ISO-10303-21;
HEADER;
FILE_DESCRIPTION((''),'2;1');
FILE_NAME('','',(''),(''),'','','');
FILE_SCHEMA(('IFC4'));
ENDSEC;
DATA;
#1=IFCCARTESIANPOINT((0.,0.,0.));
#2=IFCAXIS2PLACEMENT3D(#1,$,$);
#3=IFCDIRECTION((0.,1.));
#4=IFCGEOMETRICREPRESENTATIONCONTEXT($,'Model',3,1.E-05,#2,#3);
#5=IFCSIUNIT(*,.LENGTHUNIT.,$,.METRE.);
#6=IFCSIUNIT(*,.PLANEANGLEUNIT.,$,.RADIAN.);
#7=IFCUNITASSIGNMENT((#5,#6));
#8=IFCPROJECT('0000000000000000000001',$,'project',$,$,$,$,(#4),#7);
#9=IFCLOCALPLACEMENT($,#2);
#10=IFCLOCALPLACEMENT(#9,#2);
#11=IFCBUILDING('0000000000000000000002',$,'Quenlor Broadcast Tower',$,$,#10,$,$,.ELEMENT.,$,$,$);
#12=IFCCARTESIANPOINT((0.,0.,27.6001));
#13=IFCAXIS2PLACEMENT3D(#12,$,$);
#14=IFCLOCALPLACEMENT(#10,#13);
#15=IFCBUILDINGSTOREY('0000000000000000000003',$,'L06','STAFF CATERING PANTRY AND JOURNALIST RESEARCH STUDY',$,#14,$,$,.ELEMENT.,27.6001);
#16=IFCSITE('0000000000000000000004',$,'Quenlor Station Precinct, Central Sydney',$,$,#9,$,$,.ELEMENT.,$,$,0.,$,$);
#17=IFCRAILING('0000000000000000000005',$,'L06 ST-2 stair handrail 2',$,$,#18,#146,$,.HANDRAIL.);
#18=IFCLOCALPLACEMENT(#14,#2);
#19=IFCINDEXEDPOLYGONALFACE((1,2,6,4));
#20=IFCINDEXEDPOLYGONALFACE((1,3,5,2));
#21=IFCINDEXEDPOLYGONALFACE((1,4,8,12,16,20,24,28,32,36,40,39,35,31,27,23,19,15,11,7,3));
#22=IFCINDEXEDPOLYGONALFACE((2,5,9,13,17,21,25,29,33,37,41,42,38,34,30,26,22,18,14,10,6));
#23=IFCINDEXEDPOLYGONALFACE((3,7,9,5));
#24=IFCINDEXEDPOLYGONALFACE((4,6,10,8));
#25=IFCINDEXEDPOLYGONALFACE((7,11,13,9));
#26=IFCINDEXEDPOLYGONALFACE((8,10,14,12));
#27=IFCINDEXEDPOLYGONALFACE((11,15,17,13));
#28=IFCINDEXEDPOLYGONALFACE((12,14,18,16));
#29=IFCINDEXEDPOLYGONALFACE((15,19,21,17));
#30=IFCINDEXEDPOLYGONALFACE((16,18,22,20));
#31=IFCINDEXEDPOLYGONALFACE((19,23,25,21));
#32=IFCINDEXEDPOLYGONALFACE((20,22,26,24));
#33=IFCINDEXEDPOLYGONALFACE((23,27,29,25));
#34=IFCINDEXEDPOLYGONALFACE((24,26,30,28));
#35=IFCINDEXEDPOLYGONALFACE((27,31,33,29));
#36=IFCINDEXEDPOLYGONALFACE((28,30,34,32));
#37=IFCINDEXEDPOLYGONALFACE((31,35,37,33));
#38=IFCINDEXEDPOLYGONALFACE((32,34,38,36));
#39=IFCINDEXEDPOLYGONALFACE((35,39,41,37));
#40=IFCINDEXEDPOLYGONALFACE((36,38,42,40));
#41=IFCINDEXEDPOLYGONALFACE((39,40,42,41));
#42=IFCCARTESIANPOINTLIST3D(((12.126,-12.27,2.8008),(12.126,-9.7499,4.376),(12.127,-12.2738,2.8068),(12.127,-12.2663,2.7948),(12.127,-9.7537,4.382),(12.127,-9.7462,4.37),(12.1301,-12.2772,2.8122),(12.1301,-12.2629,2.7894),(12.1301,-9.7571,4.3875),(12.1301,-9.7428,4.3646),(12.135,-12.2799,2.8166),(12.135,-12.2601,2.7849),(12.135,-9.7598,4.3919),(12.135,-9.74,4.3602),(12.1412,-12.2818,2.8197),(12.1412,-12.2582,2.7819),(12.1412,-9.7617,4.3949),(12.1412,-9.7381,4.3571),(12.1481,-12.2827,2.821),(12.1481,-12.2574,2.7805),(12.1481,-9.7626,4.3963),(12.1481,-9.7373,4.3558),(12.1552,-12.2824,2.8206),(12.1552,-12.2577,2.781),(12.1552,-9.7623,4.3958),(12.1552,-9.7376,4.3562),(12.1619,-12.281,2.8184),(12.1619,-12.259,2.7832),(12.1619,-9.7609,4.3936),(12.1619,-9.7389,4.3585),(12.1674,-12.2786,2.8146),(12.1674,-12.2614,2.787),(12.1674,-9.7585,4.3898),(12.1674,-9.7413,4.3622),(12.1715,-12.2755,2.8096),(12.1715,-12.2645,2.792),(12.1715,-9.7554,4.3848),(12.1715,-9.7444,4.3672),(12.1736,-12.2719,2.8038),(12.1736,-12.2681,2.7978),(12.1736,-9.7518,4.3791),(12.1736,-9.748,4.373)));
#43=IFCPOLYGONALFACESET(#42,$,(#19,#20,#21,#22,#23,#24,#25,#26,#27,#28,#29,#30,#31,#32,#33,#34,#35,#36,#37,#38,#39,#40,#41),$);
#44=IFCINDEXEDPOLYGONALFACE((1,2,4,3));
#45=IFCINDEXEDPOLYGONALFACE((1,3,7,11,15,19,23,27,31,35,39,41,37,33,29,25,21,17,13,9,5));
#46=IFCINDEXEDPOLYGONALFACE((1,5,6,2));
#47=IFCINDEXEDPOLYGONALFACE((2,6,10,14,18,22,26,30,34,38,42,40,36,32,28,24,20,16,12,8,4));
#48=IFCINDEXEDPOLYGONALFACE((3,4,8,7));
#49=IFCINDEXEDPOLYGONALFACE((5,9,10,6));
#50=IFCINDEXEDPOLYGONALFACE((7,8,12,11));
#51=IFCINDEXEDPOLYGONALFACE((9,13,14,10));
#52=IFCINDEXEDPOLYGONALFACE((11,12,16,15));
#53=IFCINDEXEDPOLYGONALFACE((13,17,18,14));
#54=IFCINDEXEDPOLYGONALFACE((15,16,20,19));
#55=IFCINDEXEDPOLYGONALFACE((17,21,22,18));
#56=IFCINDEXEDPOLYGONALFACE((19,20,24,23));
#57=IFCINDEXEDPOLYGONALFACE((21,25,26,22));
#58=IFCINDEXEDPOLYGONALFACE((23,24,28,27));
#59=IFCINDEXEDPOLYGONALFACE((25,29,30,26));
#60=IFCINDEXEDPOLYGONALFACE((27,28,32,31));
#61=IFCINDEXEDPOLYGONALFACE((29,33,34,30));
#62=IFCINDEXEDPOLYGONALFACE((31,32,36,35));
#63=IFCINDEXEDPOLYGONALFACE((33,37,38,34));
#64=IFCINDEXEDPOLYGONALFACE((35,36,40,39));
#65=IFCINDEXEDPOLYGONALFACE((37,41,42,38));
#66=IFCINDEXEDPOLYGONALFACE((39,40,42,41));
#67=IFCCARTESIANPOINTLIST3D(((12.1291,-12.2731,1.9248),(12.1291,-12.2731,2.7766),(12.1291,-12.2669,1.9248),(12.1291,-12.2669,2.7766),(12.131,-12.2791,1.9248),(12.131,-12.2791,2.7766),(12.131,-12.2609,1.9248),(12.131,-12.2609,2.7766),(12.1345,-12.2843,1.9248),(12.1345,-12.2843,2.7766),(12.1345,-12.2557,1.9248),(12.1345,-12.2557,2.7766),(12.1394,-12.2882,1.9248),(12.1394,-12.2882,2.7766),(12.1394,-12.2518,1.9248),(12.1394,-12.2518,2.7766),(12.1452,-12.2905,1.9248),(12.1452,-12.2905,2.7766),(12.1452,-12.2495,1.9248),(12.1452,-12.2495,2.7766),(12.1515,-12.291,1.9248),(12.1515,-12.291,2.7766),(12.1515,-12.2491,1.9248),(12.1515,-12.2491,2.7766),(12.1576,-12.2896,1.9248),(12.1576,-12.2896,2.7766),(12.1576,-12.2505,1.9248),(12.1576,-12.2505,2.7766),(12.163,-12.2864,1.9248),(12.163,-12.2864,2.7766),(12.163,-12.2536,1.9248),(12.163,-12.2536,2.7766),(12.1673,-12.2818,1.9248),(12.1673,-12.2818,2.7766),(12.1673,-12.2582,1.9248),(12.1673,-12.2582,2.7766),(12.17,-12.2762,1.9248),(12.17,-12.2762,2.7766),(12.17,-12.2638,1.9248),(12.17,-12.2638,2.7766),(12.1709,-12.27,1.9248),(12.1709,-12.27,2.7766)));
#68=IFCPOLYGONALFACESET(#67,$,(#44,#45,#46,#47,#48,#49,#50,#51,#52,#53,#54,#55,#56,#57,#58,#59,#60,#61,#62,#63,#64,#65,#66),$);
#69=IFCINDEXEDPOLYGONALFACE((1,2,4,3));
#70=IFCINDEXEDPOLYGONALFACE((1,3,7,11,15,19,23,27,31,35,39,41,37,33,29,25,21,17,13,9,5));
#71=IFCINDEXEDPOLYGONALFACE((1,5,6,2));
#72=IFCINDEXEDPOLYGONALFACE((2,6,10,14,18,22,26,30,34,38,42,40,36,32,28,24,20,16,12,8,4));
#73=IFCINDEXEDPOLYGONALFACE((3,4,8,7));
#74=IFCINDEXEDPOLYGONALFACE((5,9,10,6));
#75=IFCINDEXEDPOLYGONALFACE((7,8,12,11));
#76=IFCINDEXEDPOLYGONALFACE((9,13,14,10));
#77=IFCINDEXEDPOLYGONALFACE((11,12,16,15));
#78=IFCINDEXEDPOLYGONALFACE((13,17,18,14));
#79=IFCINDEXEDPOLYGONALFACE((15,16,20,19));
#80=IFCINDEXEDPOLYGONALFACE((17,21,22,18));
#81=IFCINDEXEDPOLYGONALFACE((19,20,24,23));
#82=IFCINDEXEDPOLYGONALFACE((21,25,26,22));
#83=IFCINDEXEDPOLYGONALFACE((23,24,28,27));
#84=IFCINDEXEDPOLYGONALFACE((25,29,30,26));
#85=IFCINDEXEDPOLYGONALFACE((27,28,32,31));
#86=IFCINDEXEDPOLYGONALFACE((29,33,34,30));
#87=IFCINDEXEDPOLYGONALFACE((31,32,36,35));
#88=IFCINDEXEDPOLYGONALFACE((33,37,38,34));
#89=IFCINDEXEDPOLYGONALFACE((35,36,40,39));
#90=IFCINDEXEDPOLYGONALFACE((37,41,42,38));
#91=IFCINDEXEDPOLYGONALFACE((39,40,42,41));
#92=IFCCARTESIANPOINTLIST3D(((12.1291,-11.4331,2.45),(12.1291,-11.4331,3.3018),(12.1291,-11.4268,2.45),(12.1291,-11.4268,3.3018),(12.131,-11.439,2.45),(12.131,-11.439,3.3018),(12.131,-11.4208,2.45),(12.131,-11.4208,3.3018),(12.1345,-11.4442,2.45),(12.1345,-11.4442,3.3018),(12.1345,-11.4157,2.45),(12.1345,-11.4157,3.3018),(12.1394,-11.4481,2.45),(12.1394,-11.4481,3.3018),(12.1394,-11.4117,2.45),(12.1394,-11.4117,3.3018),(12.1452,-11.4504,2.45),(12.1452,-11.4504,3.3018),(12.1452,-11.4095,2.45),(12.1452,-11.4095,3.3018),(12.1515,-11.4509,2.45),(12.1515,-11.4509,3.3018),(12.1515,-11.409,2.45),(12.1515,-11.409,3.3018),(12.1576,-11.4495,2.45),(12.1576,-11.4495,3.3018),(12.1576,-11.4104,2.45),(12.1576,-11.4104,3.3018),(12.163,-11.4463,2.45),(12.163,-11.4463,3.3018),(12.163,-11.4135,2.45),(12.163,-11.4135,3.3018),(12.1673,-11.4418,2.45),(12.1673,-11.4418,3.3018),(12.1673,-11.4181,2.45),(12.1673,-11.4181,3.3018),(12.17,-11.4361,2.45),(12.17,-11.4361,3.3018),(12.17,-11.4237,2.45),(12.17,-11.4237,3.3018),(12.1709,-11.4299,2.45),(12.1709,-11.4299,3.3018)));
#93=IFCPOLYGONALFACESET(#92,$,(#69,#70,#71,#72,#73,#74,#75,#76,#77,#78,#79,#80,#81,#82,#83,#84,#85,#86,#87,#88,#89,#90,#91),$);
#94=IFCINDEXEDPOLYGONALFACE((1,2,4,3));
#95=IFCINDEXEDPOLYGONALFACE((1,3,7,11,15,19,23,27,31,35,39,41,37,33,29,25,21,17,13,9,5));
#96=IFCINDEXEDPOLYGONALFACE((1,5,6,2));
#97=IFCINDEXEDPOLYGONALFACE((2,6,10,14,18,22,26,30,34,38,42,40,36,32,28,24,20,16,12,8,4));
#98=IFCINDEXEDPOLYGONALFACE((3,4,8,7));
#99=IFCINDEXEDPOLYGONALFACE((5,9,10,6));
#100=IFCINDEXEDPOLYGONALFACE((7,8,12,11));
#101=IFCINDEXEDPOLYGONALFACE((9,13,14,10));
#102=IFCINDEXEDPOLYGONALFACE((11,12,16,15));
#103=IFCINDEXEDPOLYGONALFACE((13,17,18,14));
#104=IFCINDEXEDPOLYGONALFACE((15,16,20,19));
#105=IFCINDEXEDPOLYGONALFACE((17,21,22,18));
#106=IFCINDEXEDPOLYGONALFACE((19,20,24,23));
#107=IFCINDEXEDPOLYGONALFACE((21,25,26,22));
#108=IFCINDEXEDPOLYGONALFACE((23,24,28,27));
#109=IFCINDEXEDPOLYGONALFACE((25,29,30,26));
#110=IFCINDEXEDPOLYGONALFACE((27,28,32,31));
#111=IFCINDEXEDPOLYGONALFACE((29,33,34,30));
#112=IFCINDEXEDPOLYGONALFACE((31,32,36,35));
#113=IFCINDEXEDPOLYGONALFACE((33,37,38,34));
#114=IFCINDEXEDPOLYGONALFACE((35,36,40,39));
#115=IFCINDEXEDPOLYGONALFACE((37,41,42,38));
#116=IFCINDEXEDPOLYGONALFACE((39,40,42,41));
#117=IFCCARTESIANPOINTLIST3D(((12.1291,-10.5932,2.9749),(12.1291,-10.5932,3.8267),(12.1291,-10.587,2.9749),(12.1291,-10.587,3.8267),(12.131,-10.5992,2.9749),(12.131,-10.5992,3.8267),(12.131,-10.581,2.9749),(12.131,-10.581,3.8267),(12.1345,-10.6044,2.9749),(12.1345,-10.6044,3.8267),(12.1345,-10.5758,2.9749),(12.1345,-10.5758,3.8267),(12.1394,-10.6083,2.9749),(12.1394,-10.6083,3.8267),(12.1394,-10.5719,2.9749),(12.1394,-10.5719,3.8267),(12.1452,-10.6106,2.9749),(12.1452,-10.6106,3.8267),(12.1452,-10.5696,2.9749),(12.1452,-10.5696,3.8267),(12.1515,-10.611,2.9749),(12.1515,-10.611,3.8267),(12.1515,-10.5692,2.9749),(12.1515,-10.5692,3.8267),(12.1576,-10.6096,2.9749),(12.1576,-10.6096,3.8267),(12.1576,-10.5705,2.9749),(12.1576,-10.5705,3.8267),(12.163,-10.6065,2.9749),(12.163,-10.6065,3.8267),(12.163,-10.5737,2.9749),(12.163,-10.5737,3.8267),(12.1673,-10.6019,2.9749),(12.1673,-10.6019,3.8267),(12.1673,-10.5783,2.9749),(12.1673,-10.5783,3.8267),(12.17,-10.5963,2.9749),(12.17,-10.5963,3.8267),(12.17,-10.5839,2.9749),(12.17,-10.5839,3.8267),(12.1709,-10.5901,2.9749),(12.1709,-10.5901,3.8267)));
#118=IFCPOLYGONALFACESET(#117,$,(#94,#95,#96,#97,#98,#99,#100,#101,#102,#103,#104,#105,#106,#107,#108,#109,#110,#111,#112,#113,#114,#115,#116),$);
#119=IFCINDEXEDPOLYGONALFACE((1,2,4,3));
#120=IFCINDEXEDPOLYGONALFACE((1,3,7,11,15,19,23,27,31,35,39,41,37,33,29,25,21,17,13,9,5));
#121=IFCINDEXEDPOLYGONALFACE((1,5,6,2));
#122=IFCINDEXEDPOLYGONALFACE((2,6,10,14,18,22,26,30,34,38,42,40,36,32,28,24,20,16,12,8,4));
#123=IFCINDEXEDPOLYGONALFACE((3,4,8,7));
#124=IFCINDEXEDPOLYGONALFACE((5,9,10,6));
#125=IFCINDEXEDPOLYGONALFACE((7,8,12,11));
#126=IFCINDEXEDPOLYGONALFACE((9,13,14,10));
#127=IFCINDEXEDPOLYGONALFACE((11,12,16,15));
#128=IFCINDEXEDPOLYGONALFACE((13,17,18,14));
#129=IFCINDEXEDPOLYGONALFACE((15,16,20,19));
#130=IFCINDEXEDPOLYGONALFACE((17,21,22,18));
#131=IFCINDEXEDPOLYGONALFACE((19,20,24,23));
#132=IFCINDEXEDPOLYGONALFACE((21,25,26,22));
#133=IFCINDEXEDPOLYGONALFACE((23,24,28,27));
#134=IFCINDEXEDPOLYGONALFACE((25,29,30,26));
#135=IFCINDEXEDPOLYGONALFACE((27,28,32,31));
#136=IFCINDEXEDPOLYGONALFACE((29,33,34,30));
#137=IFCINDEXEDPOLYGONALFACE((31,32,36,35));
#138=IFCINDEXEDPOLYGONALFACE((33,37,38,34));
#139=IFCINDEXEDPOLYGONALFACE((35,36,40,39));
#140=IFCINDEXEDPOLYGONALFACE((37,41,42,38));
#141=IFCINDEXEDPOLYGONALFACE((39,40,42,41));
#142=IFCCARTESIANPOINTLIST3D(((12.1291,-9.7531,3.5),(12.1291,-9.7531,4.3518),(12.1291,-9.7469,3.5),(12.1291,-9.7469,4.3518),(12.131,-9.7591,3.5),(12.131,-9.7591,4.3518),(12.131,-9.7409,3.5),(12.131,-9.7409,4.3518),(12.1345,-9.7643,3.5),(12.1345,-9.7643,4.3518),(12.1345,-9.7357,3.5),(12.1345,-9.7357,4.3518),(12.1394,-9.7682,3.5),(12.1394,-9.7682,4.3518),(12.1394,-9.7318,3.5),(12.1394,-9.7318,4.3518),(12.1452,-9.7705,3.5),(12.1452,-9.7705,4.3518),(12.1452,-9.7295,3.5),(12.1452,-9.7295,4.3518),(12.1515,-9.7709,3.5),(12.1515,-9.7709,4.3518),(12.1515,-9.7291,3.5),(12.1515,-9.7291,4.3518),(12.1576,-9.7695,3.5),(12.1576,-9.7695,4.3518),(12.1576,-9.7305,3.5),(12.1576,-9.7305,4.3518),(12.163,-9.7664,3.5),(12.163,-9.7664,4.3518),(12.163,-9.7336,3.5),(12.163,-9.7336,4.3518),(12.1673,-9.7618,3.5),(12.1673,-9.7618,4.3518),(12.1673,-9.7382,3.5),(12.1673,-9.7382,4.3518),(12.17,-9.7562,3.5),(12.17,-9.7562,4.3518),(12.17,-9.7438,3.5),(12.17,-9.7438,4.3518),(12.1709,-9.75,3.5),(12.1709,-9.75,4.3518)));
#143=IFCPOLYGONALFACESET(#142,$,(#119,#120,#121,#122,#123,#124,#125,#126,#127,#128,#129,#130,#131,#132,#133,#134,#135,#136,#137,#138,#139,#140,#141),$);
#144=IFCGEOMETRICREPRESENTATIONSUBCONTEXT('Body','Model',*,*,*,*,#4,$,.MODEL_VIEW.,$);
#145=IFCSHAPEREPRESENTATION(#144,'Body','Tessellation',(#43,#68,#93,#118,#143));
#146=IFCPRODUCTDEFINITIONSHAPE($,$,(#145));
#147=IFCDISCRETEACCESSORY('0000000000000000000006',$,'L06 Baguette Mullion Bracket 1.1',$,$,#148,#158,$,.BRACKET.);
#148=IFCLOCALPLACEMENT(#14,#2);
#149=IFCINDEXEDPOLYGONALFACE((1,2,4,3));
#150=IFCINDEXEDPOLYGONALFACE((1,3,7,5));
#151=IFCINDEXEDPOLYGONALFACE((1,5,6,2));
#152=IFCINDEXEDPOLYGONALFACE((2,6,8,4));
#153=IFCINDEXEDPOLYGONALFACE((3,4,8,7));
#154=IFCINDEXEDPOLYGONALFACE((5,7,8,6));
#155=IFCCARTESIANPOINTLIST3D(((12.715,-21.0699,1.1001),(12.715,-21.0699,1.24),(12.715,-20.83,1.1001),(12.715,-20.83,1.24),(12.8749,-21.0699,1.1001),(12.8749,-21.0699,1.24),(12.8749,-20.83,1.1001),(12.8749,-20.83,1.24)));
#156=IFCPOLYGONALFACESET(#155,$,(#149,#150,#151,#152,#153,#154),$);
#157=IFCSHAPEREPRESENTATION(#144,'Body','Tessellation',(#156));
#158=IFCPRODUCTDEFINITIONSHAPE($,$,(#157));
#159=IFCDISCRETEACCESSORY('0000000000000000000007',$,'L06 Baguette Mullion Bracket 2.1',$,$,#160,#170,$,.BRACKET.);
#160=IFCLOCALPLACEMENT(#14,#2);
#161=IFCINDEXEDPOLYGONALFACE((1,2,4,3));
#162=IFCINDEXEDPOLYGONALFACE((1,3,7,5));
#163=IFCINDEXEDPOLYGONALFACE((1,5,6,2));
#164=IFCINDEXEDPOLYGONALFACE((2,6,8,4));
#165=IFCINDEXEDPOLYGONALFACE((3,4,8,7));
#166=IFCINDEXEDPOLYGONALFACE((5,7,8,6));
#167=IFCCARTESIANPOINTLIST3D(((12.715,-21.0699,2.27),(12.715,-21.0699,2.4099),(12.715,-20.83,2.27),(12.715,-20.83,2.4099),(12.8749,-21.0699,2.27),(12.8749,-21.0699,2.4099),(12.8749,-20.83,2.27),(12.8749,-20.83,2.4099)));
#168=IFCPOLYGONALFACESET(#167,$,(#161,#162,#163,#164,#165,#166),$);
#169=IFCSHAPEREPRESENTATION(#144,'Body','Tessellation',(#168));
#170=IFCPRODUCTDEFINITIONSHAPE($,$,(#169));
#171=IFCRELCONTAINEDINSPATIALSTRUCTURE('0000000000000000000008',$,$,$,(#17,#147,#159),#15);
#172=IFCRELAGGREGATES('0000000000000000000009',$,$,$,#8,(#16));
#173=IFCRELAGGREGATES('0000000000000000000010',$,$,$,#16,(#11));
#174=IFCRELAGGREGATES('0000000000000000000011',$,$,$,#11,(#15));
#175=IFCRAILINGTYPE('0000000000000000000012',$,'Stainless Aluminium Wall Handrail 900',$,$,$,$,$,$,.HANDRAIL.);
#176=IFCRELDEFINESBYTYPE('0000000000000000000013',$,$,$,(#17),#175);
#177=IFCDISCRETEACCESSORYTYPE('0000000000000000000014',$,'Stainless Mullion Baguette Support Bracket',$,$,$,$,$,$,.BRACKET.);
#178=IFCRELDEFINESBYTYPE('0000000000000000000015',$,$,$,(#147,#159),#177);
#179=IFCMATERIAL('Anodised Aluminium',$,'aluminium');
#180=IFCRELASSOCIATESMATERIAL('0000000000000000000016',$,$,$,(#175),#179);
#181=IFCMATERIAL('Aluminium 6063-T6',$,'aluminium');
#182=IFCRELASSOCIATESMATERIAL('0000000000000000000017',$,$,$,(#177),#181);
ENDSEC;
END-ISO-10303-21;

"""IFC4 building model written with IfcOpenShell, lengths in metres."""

from ifc_helpers import new_model, si_unit, direction, frame, origin, origin_2d, place, context, subcontext, project, spatial, rectangle, circle, extrude, material, type_object, element, save


model = new_model("IFC4")

# Units and contexts
model_context = context("Model", 3, precision=1e-05, world=origin(), true_north=direction((0.0, 1.0)))
body_context = subcontext(model_context, "Body", "Model", "MODEL_VIEW")
ifc_project = project(units=[si_unit("LENGTHUNIT", "METRE"), si_unit("PLANEANGLEUNIT", "RADIAN")], contexts=[model_context])

# Site, building, storey
site_placement = place(None, origin())
site = spatial("IfcSite", under=ifc_project, at=site_placement, Name="Quenlor Station Precinct, Central Sydney", CompositionType="ELEMENT", RefElevation=0.0)
building_placement = place(site_placement, origin())
building = spatial("IfcBuilding", under=site, at=building_placement, Name="Quenlor Broadcast Tower", CompositionType="ELEMENT")
storey_placement = place(building_placement, frame((0.0, 0.0, 27.6001)))
storey = spatial("IfcBuildingStorey", under=building, at=storey_placement, Name="L06", Description="STAFF CATERING PANTRY AND JOURNALIST RESEARCH STUDY", CompositionType="ELEMENT", Elevation=27.6001)

# Railing
ifc_material_1 = material(Name="Anodised Aluminium", Category="aluminium")
railing_type = type_object("IfcRailingType", Name="Stainless Aluminium Wall Handrail 900", PredefinedType="HANDRAIL", material=ifc_material_1)
railing_placement = place(storey_placement, frame((12.1499, -12.27, 1.9248)))
element("IfcRailing", 1, at=railing_placement, inside=storey, type_object=railing_type, Name="L06 ST-2 stair handrail 2", PredefinedType="HANDRAIL", context=body_context, shape_type="SweptSolid", body=[
    extrude(circle(Radius=0.0239, at=origin_2d()), frame((0.0, 0.0, 0.876), z_axis=(0.0, 0.847971, 0.530043), x_axis=(-1.0, 0.0, 0.0)), (0.0, 0.0, 1.0), 2.9719),
    extrude(circle(Radius=0.021, at=origin_2d()), origin(), (0.0, 0.0, 1.0), 0.8518),
    extrude(circle(Radius=0.021, at=origin_2d()), frame((0.0, 0.8401, 0.5251)), (0.0, 0.0, 1.0), 0.8518),
    extrude(circle(Radius=0.021, at=origin_2d()), frame((0.0, 1.6799, 1.05)), (0.0, 0.0, 1.0), 0.8518),
    extrude(circle(Radius=0.021, at=origin_2d()), frame((0.0, 2.52, 1.5752)), (0.0, 0.0, 1.0), 0.8518),
])

# Discrete accessories
ifc_material_2 = material(Name="Aluminium 6063-T6", Category="aluminium")
discrete_accessory_type = type_object("IfcDiscreteAccessoryType", Name="Stainless Mullion Baguette Support Bracket", PredefinedType="BRACKET", material=ifc_material_2)
for number, where, z_axis, x_axis, name in (
    (2, (12.7949, -20.95, 1.1001), (0.0, 0.0, 1.0), (-1.0, 0.0, 0.0), "L06 Baguette Mullion Bracket 1.1"),
    (3, (12.7949, -20.95, 2.27), (0.0, 0.0, 1.0), (-1.0, 0.0, 0.0), "L06 Baguette Mullion Bracket 2.1"),
):
    element("IfcDiscreteAccessory", number, at=place(storey_placement, frame(where, z_axis=z_axis, x_axis=x_axis)), inside=storey, type_object=discrete_accessory_type, Name=name, PredefinedType="BRACKET", context=body_context, shape_type="SweptSolid", body=[
        extrude(rectangle(XDim=0.1599, YDim=0.24, at=origin_2d()), origin(), (0.0, 0.0, 1.0), 0.1399),
    ])

save(model, "model.ifc")
